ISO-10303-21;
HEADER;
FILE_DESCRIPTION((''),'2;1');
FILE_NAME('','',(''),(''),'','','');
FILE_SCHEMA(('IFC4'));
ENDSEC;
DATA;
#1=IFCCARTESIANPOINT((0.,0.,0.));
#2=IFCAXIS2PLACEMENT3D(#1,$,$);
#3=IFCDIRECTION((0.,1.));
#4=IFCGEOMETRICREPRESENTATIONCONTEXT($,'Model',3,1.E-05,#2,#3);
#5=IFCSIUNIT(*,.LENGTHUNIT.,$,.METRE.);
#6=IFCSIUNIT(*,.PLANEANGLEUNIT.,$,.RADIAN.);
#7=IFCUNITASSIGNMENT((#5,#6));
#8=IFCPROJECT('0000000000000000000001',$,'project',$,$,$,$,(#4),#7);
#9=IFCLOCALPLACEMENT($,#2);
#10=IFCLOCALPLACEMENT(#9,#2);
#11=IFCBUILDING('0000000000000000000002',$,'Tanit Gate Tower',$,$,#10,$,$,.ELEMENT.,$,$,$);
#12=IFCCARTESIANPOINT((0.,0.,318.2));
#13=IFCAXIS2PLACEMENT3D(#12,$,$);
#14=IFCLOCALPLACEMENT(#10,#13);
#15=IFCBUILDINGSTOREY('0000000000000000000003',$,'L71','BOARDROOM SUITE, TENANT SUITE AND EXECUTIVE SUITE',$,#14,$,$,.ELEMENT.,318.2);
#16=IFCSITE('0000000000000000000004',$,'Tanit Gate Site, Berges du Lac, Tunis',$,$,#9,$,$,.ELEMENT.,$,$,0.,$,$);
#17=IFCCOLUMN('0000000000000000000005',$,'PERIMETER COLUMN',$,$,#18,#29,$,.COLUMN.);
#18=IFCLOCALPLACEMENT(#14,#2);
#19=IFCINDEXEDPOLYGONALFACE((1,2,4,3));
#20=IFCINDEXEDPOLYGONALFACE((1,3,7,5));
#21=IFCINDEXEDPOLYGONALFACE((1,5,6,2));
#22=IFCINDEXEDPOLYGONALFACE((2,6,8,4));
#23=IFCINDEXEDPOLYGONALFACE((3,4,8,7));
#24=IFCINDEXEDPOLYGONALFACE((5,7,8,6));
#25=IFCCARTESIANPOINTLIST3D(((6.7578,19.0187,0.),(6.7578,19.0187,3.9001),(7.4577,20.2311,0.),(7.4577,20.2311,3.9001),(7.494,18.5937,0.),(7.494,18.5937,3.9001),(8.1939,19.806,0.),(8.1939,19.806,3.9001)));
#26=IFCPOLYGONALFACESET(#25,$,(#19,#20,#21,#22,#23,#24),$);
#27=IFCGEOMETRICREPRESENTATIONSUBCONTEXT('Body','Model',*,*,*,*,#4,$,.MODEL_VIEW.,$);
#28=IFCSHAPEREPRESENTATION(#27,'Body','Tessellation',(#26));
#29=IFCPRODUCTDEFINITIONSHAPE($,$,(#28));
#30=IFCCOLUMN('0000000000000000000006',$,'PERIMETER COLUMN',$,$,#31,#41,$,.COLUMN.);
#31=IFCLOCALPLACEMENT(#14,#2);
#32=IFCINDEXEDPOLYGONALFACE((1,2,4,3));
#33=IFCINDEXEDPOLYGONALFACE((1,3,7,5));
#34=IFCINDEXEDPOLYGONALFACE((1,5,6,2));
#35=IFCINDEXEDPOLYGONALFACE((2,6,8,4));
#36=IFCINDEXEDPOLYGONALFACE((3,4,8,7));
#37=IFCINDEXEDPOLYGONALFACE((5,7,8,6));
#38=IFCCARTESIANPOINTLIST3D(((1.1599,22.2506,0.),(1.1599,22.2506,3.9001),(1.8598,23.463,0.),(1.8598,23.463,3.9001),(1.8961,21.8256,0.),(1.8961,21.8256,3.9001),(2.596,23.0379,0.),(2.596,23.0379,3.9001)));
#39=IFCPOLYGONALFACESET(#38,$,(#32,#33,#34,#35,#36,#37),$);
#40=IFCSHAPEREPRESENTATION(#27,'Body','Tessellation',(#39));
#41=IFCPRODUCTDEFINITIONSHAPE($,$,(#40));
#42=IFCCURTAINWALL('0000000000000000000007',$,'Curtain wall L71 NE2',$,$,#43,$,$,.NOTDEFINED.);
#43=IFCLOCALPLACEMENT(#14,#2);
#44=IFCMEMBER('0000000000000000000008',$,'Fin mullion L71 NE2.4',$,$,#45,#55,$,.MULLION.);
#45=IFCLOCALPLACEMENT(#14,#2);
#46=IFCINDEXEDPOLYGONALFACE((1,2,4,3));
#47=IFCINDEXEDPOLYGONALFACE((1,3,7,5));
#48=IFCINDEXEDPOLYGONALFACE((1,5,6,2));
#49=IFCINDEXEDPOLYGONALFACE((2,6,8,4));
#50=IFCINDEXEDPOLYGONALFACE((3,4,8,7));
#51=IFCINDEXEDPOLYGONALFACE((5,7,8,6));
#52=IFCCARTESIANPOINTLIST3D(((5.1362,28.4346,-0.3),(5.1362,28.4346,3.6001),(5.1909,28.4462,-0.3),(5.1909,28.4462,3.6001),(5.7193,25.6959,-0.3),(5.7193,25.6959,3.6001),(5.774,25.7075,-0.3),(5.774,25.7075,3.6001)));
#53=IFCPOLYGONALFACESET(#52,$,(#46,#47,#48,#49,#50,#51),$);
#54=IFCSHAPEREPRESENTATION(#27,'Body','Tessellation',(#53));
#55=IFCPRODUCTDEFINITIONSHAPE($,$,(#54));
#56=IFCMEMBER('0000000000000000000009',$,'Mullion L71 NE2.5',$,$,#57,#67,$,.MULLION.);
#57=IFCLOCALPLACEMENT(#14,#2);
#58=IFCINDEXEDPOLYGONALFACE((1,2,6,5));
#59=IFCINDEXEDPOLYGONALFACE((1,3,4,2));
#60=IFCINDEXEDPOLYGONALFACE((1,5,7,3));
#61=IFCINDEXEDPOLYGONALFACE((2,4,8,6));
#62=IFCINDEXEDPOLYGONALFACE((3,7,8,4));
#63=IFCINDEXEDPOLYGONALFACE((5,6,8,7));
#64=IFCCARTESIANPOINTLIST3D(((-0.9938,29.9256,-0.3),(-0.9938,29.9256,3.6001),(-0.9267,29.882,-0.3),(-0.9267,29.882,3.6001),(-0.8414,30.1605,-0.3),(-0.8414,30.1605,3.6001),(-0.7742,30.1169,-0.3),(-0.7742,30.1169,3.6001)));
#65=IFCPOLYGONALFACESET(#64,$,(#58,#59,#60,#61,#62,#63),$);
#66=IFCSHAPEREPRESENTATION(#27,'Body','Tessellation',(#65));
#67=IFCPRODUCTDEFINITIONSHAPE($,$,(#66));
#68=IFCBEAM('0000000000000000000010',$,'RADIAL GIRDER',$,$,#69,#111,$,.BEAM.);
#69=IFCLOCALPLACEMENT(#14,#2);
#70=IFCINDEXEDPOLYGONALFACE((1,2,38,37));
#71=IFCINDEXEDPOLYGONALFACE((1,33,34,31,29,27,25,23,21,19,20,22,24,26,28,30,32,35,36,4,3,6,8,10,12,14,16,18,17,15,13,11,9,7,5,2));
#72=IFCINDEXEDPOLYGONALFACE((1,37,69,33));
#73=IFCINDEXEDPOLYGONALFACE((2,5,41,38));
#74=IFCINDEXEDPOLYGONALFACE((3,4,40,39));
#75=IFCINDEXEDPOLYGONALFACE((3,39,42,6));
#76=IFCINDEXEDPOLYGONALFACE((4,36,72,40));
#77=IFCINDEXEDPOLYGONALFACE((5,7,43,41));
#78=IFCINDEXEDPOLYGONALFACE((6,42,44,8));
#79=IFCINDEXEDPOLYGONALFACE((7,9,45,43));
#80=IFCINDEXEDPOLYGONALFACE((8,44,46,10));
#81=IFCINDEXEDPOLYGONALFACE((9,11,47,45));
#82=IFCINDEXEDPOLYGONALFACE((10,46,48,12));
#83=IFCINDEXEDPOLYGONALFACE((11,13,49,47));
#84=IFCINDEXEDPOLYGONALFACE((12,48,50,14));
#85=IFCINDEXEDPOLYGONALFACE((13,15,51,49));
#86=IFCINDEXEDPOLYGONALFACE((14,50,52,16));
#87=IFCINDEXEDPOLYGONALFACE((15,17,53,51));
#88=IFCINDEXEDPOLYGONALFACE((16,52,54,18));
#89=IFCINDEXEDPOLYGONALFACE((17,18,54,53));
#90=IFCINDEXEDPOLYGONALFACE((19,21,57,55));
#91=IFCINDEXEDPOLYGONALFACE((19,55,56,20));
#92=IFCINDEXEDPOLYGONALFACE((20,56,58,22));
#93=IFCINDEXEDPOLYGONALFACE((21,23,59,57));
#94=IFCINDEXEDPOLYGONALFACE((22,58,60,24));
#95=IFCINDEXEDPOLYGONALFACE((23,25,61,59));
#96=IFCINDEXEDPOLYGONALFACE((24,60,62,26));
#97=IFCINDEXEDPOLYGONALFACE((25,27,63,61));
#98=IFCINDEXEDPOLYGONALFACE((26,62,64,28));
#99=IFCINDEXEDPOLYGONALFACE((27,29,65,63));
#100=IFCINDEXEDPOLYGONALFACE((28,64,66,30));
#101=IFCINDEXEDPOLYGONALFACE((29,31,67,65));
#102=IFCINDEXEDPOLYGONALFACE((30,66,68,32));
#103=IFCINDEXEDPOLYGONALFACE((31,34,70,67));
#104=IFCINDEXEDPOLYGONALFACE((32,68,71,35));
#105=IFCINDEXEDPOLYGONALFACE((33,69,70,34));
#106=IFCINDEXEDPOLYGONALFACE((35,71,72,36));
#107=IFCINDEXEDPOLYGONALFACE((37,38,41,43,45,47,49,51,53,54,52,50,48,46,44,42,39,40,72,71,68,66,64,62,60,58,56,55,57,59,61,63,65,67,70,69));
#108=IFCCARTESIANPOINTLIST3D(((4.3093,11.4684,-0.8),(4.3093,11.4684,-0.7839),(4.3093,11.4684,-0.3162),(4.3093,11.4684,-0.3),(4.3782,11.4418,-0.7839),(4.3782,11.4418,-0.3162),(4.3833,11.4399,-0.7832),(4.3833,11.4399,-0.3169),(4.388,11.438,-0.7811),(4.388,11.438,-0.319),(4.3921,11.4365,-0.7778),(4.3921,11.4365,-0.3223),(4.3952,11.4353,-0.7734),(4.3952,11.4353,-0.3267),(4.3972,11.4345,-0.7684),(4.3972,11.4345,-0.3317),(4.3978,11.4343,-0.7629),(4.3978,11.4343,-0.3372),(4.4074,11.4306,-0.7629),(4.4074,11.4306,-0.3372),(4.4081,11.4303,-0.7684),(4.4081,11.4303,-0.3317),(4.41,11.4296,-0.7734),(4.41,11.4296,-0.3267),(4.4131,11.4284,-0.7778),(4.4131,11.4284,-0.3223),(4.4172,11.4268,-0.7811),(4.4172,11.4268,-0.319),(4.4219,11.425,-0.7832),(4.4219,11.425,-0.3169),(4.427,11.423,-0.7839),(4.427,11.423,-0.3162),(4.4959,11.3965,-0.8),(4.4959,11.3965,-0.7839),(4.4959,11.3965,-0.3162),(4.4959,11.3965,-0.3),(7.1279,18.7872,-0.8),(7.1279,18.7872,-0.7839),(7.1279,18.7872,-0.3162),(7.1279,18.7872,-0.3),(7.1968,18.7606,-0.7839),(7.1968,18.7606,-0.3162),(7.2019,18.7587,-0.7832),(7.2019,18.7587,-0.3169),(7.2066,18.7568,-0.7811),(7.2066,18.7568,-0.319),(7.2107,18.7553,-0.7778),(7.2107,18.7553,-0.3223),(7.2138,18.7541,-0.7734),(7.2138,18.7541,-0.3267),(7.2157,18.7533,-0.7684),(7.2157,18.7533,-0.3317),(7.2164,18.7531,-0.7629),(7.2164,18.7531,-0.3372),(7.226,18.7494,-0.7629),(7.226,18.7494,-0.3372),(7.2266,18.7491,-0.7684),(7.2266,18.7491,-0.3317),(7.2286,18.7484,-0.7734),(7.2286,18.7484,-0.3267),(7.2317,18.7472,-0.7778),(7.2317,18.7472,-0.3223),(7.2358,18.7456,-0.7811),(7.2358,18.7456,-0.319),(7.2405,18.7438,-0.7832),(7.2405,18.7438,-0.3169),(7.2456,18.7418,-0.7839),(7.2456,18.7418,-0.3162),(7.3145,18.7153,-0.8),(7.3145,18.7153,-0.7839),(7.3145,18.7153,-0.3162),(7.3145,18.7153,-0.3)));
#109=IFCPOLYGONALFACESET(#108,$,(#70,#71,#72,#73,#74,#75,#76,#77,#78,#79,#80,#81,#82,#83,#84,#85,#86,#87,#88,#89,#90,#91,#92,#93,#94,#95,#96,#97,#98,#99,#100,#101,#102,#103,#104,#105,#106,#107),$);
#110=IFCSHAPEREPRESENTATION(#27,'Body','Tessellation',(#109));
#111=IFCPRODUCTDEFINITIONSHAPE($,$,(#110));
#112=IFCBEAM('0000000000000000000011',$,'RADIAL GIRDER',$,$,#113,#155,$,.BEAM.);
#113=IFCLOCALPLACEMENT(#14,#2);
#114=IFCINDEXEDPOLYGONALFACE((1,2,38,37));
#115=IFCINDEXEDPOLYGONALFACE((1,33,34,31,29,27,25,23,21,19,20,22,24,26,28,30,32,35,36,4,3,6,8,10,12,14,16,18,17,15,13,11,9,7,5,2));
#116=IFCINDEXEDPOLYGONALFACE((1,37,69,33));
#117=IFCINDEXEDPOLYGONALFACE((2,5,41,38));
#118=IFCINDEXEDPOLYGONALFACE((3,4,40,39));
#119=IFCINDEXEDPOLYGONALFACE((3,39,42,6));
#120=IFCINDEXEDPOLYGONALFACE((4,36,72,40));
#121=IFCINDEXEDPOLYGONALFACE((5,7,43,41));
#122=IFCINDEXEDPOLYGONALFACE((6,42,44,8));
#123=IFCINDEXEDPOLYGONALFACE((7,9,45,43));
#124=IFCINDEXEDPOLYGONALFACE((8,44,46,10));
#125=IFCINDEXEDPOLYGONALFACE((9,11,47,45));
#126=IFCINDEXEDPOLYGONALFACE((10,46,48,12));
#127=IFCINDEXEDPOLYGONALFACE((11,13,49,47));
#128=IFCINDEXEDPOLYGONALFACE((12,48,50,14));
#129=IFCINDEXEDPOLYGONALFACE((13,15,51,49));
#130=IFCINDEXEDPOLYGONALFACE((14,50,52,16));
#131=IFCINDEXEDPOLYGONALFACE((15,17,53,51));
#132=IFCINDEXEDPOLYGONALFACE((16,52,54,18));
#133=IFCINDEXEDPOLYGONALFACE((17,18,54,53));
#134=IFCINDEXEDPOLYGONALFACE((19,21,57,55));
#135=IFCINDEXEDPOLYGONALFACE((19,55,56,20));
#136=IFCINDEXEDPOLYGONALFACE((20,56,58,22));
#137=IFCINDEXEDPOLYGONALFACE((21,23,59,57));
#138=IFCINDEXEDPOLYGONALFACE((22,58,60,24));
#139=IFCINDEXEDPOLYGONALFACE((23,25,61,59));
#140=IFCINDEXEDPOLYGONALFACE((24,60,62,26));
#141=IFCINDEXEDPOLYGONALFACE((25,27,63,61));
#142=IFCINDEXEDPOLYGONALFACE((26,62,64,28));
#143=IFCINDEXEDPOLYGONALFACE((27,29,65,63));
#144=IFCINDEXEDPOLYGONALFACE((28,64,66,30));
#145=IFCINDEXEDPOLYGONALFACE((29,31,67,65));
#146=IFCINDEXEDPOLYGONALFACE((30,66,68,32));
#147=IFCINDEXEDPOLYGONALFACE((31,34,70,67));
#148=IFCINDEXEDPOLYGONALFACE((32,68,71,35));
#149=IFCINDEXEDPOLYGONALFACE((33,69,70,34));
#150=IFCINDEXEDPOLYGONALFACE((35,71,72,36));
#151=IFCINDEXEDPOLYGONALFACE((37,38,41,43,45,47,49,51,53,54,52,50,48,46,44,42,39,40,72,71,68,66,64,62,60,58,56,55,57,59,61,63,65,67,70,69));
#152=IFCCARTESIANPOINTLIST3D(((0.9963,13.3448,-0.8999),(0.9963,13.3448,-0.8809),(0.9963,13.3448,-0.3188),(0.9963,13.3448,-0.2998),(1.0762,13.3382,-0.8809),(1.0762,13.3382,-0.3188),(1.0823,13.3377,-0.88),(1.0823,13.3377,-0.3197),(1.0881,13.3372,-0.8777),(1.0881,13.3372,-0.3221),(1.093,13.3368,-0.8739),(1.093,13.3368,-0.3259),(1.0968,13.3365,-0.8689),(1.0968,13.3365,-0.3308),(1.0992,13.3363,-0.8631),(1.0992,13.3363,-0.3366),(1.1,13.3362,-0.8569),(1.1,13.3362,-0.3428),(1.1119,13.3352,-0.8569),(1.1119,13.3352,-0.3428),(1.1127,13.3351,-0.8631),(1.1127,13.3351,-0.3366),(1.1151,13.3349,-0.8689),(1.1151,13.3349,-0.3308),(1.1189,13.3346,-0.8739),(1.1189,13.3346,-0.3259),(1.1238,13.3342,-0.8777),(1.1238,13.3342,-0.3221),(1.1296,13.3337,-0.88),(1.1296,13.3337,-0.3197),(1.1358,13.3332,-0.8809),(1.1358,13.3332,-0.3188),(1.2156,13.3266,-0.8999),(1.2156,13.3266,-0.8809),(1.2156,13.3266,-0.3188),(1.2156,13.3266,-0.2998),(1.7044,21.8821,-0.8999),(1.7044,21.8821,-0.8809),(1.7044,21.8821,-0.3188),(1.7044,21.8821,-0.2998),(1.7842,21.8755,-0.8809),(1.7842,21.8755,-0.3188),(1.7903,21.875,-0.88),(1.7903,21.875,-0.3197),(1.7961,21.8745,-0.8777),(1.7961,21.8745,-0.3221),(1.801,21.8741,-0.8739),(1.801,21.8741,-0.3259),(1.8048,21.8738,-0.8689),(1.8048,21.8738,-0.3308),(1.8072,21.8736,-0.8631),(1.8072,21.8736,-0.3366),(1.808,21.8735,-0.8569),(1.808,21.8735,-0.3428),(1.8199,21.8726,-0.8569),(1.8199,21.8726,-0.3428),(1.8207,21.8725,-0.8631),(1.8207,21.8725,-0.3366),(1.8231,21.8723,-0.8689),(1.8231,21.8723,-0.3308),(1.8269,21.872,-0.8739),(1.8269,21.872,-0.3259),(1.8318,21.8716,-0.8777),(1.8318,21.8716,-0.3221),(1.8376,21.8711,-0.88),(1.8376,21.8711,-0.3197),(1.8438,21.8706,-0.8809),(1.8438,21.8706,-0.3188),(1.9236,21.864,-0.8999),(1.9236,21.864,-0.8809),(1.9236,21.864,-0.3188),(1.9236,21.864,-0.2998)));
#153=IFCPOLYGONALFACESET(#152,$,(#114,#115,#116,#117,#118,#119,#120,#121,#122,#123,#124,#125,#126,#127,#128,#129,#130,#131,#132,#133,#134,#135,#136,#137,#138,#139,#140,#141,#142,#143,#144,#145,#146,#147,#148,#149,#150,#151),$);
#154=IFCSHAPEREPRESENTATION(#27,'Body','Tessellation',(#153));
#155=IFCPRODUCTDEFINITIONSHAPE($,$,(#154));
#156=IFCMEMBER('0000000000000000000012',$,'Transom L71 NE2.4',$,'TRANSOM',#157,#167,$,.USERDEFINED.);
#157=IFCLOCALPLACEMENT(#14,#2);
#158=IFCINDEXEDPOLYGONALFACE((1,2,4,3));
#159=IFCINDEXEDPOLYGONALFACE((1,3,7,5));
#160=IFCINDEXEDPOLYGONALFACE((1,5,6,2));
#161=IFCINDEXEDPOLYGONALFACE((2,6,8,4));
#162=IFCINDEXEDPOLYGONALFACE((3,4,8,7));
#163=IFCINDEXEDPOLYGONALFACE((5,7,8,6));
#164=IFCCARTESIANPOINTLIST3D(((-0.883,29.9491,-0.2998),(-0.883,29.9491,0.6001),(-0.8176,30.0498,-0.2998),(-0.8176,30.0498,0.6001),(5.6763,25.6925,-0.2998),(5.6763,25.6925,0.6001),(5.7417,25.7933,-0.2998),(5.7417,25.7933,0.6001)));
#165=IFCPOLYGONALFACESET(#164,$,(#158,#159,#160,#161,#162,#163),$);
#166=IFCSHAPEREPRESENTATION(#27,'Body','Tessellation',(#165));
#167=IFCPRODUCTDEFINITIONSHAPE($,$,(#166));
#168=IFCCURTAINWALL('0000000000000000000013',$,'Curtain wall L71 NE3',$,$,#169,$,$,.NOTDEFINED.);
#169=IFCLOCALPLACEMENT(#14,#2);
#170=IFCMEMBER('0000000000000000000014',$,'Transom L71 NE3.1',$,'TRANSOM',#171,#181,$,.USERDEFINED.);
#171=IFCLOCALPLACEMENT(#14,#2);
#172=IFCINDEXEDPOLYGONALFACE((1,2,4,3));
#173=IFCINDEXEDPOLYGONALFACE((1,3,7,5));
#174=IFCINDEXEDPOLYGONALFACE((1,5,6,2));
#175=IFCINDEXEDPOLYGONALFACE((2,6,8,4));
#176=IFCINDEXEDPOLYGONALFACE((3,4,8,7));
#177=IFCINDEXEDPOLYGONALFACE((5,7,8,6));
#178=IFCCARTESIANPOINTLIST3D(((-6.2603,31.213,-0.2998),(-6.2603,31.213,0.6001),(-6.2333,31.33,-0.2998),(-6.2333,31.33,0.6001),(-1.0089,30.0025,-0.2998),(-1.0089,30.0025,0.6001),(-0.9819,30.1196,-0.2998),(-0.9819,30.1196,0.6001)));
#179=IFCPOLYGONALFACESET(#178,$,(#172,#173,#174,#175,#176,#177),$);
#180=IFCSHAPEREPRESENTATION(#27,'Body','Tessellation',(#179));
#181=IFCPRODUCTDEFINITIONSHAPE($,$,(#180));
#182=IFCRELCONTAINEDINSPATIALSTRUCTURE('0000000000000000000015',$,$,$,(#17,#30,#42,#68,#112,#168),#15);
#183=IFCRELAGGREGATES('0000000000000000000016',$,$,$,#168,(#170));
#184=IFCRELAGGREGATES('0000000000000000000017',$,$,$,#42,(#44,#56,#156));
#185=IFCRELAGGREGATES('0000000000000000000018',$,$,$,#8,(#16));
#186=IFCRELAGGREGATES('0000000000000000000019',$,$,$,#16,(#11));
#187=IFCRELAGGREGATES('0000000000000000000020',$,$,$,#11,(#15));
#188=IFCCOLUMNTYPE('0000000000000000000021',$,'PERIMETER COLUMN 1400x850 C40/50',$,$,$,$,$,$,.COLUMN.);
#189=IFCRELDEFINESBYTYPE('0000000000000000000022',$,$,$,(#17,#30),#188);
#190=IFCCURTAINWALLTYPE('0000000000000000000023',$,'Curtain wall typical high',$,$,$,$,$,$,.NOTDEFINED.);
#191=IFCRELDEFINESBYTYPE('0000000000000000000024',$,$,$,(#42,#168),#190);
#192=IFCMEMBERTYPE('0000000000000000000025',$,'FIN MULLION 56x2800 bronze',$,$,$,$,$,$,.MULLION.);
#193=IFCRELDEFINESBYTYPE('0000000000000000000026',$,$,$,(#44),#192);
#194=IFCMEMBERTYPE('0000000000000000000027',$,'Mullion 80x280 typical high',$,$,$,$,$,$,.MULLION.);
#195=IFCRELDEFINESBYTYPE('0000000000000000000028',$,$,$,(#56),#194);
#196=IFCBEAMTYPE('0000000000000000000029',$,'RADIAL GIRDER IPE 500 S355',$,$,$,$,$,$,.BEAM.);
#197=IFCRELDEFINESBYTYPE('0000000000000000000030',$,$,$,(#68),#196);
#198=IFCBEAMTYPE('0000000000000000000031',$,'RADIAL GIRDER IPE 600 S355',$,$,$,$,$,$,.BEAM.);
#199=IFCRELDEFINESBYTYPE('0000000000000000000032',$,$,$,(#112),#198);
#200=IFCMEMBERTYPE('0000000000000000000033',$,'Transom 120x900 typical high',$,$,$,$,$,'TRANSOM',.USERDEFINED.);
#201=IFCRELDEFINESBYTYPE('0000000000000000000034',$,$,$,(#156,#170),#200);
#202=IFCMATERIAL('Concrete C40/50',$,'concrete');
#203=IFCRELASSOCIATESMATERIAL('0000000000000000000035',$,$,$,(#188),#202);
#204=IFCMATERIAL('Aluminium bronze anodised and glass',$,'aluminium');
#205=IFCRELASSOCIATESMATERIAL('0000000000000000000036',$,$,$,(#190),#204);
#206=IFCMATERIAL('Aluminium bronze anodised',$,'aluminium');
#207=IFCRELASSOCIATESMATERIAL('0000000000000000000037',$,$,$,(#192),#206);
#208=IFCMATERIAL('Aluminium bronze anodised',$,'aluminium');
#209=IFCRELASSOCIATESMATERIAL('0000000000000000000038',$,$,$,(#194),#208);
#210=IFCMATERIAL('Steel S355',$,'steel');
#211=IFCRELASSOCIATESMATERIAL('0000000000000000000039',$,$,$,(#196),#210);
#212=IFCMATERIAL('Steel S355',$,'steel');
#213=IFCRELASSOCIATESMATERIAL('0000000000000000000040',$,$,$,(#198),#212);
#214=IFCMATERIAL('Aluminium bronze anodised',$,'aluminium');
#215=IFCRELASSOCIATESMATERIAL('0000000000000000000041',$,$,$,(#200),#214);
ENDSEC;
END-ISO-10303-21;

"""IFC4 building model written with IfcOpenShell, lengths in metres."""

from ifc_helpers import new_model, si_unit, direction, frame, origin, origin_2d, place, context, subcontext, project, spatial, rectangle, i_section, extrude, material, material_profile, profile_set, type_object, element, aggregate, save


model = new_model("IFC4")

# Units and contexts
model_context = context("Model", 3, precision=1e-05, world=origin(), true_north=direction((0.0, 1.0)))
body_context = subcontext(model_context, "Body", "Model", "MODEL_VIEW")
ifc_project = project(units=[si_unit("LENGTHUNIT", "METRE"), si_unit("PLANEANGLEUNIT", "RADIAN")], contexts=[model_context])

# Site, building, storey
site_placement = place(None, origin())
site = spatial("IfcSite", under=ifc_project, at=site_placement, Name="Tanit Gate Site, Berges du Lac, Tunis", CompositionType="ELEMENT", RefElevation=0.0)
building_placement = place(site_placement, origin())
building = spatial("IfcBuilding", under=site, at=building_placement, Name="Tanit Gate Tower", CompositionType="ELEMENT")
storey_placement = place(building_placement, frame((0.0, 0.0, 318.2)))
storey = spatial("IfcBuildingStorey", under=building, at=storey_placement, Name="L71", Description="BOARDROOM SUITE, TENANT SUITE AND EXECUTIVE SUITE", CompositionType="ELEMENT", Elevation=318.2)

# Columns
ifc_material_1 = material(Name="Concrete C40/50", Category="concrete")
ifc_material_profile_1 = material_profile(ifc_material_1, rectangle(XDim=1.3999, YDim=0.8501, at=origin_2d()), Name="RC 1400x850")
ifc_profile_set_1 = profile_set([ifc_material_profile_1], Name="Concrete C40/50")
column_type = type_object("IfcColumnType", Name="PERIMETER COLUMN 1400x850 C40/50", PredefinedType="COLUMN", material=ifc_profile_set_1)
for number, where, z_axis, x_axis, name in (
    (1, (7.4758, 19.4124, 0.0), (0.0, 0.0, 1.0), (0.5, 0.866025, 0.0), "PERIMETER COLUMN"),
    (2, (1.8779, 22.6443, 0.0), (0.0, 0.0, 1.0), (0.5, 0.866025, 0.0), "PERIMETER COLUMN"),
):
    element("IfcColumn", number, at=place(storey_placement, frame(where, z_axis=z_axis, x_axis=x_axis)), inside=storey, type_object=column_type, Name=name, PredefinedType="COLUMN", context=body_context, shape_type="SweptSolid", body=[
        extrude(rectangle(XDim=1.3999, YDim=0.8501, at=origin_2d()), origin(), (0.0, 0.0, 1.0), 3.9001),
    ])

# Curtain wall, members
ifc_material_2 = material(Name="Aluminium bronze anodised and glass", Category="aluminium")
curtain_wall_type = type_object("IfcCurtainWallType", Name="Curtain wall typical high", PredefinedType="NOTDEFINED", material=ifc_material_2)
curtain_wall_1_placement = place(storey_placement, origin())
curtain_wall_1 = element("IfcCurtainWall", 3, at=curtain_wall_1_placement, inside=storey, type_object=curtain_wall_type, Name="Curtain wall L71 NE2", PredefinedType="NOTDEFINED")
ifc_material_3 = material(Name="Aluminium bronze anodised", Category="aluminium")
ifc_material_profile_2 = material_profile(ifc_material_3, rectangle(XDim=2.8, YDim=0.0559, at=origin_2d()), Name="56x2800 bronze fin mullion")
ifc_profile_set_2 = profile_set([ifc_material_profile_2], Name="Aluminium bronze anodised")
member_type_1 = type_object("IfcMemberType", Name="FIN MULLION 56x2800 bronze", PredefinedType="MULLION", material=ifc_profile_set_2)
member_1_placement = place(storey_placement, frame((5.4551, 27.071, -0.3), z_axis=(0.0, 0.0, 1.0), x_axis=(0.208238, -0.978078, 0.0)))
member_1 = element("IfcMember", 4, at=member_1_placement, type_object=member_type_1, Name="Fin mullion L71 NE2.4", PredefinedType="MULLION", context=body_context, shape_type="SweptSolid", body=[
    extrude(rectangle(XDim=2.8, YDim=0.0559, at=origin_2d()), origin(), (0.0, 0.0, 1.0), 3.9001),
])
ifc_material_4 = material(Name="Aluminium bronze anodised", Category="aluminium")
ifc_material_profile_3 = material_profile(ifc_material_4, rectangle(XDim=0.28, YDim=0.0801, at=origin_2d()), Name="80x280 bronze mullion")
ifc_profile_set_3 = profile_set([ifc_material_profile_3], Name="Aluminium bronze anodised")
member_type_2 = type_object("IfcMemberType", Name="Mullion 80x280 typical high", PredefinedType="MULLION", material=ifc_profile_set_3)
member_2_placement = place(storey_placement, frame((-0.884, 30.0212, -0.3), z_axis=(0.0, 0.0, 1.0), x_axis=(-0.544359, -0.838852, 0.0)))
member_2 = element("IfcMember", 5, at=member_2_placement, type_object=member_type_2, Name="Mullion L71 NE2.5", PredefinedType="MULLION", context=body_context, shape_type="SweptSolid", body=[
    extrude(rectangle(XDim=0.28, YDim=0.0801, at=origin_2d()), origin(), (0.0, 0.0, 1.0), 3.9001),
])

# Beams
ifc_material_5 = material(Name="Steel S355", Category="steel")
ifc_material_profile_4 = material_profile(ifc_material_5, i_section(OverallWidth=0.2, OverallDepth=0.5, WebThickness=0.0103, FlangeThickness=0.0161, FilletRadius=0.021, at=origin_2d()), Name="IPE 500")
ifc_profile_set_4 = profile_set([ifc_material_profile_4], Name="Steel S355")
beam_type_1 = type_object("IfcBeamType", Name="RADIAL GIRDER IPE 500 S355", PredefinedType="BEAM", material=ifc_profile_set_4)
beam_1_placement = place(storey_placement, frame((7.2212, 18.7512, -0.55), z_axis=(-0.359386, -0.933189, 0.0), x_axis=(0.933189, -0.359386, 0.0)))
element("IfcBeam", 6, at=beam_1_placement, inside=storey, type_object=beam_type_1, Name="RADIAL GIRDER", PredefinedType="BEAM", context=body_context, shape_type="SweptSolid", body=[
    extrude(i_section(OverallWidth=0.2, OverallDepth=0.5, WebThickness=0.0103, FlangeThickness=0.0161, FilletRadius=0.021, at=origin_2d()), origin(), (0.0, 0.0, 1.0), 7.8428),
])
ifc_material_6 = material(Name="Steel S355", Category="steel")
ifc_material_profile_5 = material_profile(ifc_material_6, i_section(OverallWidth=0.22, OverallDepth=0.6001, WebThickness=0.012, FlangeThickness=0.019, FilletRadius=0.0239, at=origin_2d()), Name="IPE 600")
ifc_profile_set_5 = profile_set([ifc_material_profile_5], Name="Steel S355")
beam_type_2 = type_object("IfcBeamType", Name="RADIAL GIRDER IPE 600 S355", PredefinedType="BEAM", material=ifc_profile_set_5)
beam_2_placement = place(storey_placement, frame((1.814, 21.873, -0.5999), z_axis=(-0.082647, -0.996579, 0.0), x_axis=(0.996579, -0.082647, 0.0)))
element("IfcBeam", 7, at=beam_2_placement, inside=storey, type_object=beam_type_2, Name="RADIAL GIRDER", PredefinedType="BEAM", context=body_context, shape_type="SweptSolid", body=[
    extrude(i_section(OverallWidth=0.22, OverallDepth=0.6001, WebThickness=0.012, FlangeThickness=0.019, FilletRadius=0.0239, at=origin_2d()), origin(), (0.0, 0.0, 1.0), 8.5667),
])

# Member
ifc_material_7 = material(Name="Aluminium bronze anodised", Category="aluminium")
ifc_material_profile_6 = material_profile(ifc_material_7, rectangle(XDim=0.1201, YDim=0.8999, at=origin_2d()), Name="120x900 bronze transom")
ifc_profile_set_6 = profile_set([ifc_material_profile_6], Name="Aluminium bronze anodised")
member_type_3 = type_object("IfcMemberType", Name="Transom 120x900 typical high", ElementType="TRANSOM", PredefinedType="USERDEFINED", material=ifc_profile_set_6)
member_3_placement = place(storey_placement, frame((5.709, 25.7429, 0.1501), z_axis=(-0.838851, 0.544362, 0.0), x_axis=(-0.544362, -0.838851, 0.0)))
member_3 = element("IfcMember", 8, at=member_3_placement, type_object=member_type_3, Name="Transom L71 NE2.4", ObjectType="TRANSOM", PredefinedType="USERDEFINED", context=body_context, shape_type="SweptSolid", body=[
    extrude(rectangle(XDim=0.1201, YDim=0.8999, at=origin_2d()), origin(), (0.0, 0.0, 1.0), 7.8193),
])

# Curtain wall, member
curtain_wall_2_placement = place(storey_placement, origin())
curtain_wall_2 = element("IfcCurtainWall", 9, at=curtain_wall_2_placement, inside=storey, type_object=curtain_wall_type, Name="Curtain wall L71 NE3", PredefinedType="NOTDEFINED")
member_4_placement = place(storey_placement, frame((-0.9954, 30.061, 0.1501), z_axis=(-0.974449, 0.224608, 0.0), x_axis=(-0.224608, -0.974449, 0.0)))
member_4 = element("IfcMember", 10, at=member_4_placement, type_object=member_type_3, Name="Transom L71 NE3.1", ObjectType="TRANSOM", PredefinedType="USERDEFINED", context=body_context, shape_type="SweptSolid", body=[
    extrude(rectangle(XDim=0.1201, YDim=0.8999, at=origin_2d()), origin(), (0.0, 0.0, 1.0), 5.3892),
])
aggregate(curtain_wall_2, [member_4])

aggregate(curtain_wall_1, [member_1, member_2, member_3])

save(model, "model.ifc")
